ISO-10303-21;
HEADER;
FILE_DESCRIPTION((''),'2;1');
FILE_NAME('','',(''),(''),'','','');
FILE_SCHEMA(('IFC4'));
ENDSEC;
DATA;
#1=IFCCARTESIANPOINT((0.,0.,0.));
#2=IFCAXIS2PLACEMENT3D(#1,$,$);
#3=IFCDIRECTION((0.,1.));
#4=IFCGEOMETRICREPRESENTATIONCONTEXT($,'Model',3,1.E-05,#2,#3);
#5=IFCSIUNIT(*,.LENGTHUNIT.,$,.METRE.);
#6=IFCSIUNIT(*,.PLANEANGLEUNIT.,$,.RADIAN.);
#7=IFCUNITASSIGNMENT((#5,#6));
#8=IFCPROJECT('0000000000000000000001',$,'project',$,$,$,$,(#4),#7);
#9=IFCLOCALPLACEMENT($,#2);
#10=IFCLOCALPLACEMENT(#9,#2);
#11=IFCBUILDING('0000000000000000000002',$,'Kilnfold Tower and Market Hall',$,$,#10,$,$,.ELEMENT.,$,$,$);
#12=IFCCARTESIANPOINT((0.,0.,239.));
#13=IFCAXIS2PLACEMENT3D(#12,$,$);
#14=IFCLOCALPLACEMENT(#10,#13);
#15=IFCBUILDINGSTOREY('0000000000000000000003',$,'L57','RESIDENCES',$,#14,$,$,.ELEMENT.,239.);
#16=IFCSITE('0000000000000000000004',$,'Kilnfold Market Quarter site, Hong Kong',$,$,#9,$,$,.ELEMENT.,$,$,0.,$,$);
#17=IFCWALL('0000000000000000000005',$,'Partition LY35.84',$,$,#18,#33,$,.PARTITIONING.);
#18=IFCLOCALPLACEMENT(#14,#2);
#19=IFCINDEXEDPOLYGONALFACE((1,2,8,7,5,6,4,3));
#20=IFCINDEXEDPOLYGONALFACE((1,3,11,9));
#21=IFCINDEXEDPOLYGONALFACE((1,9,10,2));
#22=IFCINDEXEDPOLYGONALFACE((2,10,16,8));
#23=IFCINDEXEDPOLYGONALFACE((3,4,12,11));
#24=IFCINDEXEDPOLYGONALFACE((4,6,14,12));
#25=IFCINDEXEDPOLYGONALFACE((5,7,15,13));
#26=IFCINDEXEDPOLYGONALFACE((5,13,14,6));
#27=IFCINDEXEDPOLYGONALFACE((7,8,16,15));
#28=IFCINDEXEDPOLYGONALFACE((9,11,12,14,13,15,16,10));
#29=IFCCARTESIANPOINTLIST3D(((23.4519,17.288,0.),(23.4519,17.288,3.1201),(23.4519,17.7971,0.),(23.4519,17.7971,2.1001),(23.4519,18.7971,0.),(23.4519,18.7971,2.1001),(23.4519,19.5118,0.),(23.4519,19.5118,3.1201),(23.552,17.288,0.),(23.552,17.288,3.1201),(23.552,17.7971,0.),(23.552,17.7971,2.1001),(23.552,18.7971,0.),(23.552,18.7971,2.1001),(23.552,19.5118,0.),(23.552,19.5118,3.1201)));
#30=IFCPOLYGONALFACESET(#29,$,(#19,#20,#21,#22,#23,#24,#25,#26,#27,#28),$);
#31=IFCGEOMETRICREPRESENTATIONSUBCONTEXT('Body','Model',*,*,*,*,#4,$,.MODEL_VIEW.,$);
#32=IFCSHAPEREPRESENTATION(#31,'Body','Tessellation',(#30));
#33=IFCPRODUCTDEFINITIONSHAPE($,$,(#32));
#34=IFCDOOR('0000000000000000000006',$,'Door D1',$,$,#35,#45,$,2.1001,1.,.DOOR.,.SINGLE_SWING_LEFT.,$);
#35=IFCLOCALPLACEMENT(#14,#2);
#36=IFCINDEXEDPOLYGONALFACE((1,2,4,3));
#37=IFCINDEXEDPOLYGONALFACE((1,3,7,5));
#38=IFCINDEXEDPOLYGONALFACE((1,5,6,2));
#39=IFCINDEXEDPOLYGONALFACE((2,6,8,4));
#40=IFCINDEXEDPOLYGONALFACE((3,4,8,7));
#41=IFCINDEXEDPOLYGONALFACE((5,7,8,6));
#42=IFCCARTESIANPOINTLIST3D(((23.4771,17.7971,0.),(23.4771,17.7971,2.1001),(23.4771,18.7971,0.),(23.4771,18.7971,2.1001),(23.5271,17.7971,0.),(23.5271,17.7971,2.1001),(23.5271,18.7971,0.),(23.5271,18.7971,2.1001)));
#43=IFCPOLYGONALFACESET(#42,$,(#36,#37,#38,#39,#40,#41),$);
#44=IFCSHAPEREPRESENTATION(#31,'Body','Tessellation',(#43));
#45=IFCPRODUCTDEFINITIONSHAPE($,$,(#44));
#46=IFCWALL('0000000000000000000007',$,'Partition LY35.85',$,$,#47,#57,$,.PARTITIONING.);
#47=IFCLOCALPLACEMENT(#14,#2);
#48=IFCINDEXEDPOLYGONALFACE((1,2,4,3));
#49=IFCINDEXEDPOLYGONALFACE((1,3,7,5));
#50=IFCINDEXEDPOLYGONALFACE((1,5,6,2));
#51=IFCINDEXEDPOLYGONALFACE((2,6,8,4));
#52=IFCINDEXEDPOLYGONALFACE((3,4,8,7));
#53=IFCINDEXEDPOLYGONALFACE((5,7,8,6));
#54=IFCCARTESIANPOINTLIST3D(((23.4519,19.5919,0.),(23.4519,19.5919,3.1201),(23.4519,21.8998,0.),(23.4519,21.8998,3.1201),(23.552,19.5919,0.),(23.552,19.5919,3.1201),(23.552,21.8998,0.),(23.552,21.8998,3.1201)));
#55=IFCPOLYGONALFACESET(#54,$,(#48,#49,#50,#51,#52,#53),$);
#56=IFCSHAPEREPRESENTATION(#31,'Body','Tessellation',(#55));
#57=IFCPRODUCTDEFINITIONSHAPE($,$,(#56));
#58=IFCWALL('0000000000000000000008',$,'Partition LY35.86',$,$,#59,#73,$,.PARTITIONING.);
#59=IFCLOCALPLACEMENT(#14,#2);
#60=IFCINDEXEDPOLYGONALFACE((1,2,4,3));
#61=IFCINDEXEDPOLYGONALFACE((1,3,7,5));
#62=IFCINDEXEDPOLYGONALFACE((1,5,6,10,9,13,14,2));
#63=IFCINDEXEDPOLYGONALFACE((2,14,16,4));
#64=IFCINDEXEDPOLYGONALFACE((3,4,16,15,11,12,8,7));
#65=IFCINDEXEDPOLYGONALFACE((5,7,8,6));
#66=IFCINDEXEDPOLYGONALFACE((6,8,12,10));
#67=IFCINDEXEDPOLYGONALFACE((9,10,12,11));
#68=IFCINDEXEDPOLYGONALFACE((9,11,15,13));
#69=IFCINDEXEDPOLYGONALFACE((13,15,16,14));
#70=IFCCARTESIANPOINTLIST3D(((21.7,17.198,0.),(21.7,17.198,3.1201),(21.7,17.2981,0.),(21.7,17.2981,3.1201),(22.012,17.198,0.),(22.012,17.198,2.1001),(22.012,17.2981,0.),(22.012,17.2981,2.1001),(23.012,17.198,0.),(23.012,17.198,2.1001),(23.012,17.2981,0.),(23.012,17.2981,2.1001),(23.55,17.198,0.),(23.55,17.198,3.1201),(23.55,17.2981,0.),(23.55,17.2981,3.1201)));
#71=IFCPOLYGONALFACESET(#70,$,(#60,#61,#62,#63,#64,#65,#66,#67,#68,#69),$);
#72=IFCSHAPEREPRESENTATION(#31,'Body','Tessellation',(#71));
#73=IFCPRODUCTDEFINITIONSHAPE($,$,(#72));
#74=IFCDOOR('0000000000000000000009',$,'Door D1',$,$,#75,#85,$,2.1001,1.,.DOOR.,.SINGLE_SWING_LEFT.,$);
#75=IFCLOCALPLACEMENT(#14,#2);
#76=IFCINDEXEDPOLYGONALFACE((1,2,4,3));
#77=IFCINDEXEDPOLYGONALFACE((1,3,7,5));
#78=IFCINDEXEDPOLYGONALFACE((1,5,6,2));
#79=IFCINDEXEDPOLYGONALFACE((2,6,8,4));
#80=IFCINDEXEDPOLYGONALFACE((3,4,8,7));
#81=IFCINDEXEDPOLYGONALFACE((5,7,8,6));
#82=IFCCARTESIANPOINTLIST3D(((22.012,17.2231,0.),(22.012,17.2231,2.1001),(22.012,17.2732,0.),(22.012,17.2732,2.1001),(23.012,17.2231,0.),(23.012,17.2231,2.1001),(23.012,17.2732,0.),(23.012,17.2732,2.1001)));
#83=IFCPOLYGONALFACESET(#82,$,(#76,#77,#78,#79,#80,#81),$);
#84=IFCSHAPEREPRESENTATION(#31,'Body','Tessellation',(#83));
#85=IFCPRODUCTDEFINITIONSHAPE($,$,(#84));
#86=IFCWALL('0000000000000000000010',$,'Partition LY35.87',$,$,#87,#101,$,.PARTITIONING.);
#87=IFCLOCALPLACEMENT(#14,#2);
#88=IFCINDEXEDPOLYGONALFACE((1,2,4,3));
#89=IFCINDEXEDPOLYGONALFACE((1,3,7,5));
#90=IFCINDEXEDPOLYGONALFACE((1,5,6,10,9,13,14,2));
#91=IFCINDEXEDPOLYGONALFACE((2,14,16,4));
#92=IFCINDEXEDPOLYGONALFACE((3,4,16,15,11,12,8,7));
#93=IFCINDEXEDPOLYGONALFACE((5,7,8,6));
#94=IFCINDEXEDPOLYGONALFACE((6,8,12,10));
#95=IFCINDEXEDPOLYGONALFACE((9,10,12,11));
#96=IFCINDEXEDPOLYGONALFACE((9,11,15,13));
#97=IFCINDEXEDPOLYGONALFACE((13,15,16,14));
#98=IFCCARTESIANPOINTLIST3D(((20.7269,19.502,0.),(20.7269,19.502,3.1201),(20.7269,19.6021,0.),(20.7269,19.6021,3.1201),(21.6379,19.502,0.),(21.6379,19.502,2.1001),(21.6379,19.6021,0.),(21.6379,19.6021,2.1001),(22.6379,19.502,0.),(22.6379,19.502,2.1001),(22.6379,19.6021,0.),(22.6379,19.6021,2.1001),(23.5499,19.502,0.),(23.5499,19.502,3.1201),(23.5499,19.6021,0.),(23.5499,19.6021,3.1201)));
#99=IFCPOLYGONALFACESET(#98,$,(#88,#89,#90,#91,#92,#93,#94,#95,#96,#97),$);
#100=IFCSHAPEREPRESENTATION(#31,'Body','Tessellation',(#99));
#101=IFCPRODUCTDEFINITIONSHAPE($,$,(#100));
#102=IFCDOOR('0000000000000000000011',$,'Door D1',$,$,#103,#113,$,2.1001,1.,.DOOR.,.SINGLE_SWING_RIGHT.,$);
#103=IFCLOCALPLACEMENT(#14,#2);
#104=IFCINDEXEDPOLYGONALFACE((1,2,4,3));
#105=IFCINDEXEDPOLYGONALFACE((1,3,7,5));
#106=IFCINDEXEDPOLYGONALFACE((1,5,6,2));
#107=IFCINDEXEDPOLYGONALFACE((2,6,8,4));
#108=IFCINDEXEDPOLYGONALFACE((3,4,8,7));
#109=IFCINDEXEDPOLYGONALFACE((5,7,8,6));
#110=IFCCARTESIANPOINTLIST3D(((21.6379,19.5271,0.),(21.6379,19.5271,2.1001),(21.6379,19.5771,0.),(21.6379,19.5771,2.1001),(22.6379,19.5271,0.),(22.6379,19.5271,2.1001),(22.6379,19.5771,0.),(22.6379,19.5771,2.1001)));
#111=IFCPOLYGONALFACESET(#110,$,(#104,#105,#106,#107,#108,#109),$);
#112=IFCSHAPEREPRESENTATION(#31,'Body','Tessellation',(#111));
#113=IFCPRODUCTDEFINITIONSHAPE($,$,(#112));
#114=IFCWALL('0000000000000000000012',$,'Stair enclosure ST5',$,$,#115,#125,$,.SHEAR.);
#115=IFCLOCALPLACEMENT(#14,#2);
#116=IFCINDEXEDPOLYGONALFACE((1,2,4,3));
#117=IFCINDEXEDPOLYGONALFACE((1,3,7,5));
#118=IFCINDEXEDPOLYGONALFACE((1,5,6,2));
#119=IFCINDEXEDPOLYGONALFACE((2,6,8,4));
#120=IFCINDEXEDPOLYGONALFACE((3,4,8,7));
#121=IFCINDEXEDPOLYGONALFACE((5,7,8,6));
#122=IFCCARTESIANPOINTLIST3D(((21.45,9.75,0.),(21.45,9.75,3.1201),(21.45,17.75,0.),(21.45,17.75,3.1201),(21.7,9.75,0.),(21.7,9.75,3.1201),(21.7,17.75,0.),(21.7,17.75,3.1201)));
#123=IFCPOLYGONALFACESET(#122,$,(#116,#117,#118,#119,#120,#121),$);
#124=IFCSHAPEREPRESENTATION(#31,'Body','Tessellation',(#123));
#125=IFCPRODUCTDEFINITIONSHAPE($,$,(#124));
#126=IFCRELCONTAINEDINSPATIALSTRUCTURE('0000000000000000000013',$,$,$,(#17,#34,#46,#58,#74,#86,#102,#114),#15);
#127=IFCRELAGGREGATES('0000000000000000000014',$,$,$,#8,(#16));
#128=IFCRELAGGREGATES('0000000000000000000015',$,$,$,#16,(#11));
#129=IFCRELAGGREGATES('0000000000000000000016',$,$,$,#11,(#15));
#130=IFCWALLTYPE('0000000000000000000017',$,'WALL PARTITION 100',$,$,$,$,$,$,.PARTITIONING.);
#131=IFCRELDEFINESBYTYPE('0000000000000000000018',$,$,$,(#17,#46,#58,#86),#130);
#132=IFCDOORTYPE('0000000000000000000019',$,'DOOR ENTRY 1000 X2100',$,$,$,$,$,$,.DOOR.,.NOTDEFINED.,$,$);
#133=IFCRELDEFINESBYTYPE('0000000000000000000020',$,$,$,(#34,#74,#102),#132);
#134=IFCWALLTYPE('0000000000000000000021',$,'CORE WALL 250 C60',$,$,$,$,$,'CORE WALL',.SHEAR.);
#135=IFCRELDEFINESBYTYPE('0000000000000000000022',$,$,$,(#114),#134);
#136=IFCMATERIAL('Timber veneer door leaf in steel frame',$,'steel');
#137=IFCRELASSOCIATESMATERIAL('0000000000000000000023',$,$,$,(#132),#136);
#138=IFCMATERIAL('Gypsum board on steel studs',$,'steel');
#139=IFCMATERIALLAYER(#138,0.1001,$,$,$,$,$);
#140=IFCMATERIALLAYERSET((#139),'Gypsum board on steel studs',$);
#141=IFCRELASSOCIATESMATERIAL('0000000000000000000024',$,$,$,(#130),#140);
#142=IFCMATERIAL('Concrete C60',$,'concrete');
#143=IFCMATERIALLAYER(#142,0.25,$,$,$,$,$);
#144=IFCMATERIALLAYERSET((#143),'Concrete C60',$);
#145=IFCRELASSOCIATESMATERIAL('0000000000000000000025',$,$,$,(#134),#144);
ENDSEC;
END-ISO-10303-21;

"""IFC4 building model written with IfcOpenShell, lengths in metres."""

from ifc_helpers import new_model, si_unit, direction, frame, frame_2d, origin, place, context, subcontext, project, spatial, rectangle, extrude, source, transform, mapped, material, layer, layer_set, type_object, element, fill, save


model = new_model("IFC4")

# Units and contexts
model_context = context("Model", 3, precision=1e-05, world=origin(), true_north=direction((0.0, 1.0)))
body_context = subcontext(model_context, "Body", "Model", "MODEL_VIEW")
ifc_project = project(units=[si_unit("LENGTHUNIT", "METRE"), si_unit("PLANEANGLEUNIT", "RADIAN")], contexts=[model_context])

# Site, building, storey
site_placement = place(None, origin())
site = spatial("IfcSite", under=ifc_project, at=site_placement, Name="Kilnfold Market Quarter site, Hong Kong", CompositionType="ELEMENT", RefElevation=0.0)
building_placement = place(site_placement, origin())
building = spatial("IfcBuilding", under=site, at=building_placement, Name="Kilnfold Tower and Market Hall", CompositionType="ELEMENT")
storey_placement = place(building_placement, frame((0.0, 0.0, 239.0)))
storey = spatial("IfcBuildingStorey", under=building, at=storey_placement, Name="L57", Description="RESIDENCES", CompositionType="ELEMENT", Elevation=239.0)

# Shared definitions
ifc_material_1 = material(Name="Timber veneer door leaf in steel frame", Category="steel")
door_type_1 = type_object("IfcDoorType", Name="DOOR ENTRY 1000 X2100", OperationType="NOTDEFINED", PredefinedType="DOOR", material=ifc_material_1)

# Shared definitions
ifc_material_2 = material(Name="Gypsum board on steel studs", Category="steel")
ifc_layer_1 = layer(ifc_material_2, 0.1001)
ifc_layer_set_1 = layer_set([ifc_layer_1], Name="Gypsum board on steel studs")
wall_type_1 = type_object("IfcWallType", Name="WALL PARTITION 100", PredefinedType="PARTITIONING", material=ifc_layer_set_1)

# Wall, opening, door
wall_1_placement = place(storey_placement, frame((23.502, 17.2881, 0.0), z_axis=(0.0, 0.0, 1.0), x_axis=(0.0, 1.0, 0.0)))
wall_1 = element("IfcWall", 1, at=wall_1_placement, inside=storey, type_object=wall_type_1, Name="Partition LY35.84", PredefinedType="PARTITIONING", context=body_context, shape_type="SweptSolid", body=[
    extrude(rectangle(XDim=2.2239, YDim=0.1001, at=frame_2d((1.1118, 0.0))), origin(), (0.0, 0.0, 1.0), 3.1201),
])
opening_1_placement = place(wall_1_placement, frame((0.509, 0.0, 0.0)))
opening_1 = element("IfcOpeningElement", 2, at=opening_1_placement, cuts=wall_1, PredefinedType="OPENING", context=body_context, shape_type="SweptSolid", body=[
    extrude(rectangle(XDim=1.0, YDim=2.1001, at=frame_2d((0.5, 1.05))), frame((0.0, 0.0601, 0.0), z_axis=(0.0, -1.0, 0.0), x_axis=(1.0, 0.0, 0.0)), (0.0, 0.0, 1.0), 0.1201),
])
door_1_placement = place(opening_1_placement, origin())
door_1 = element("IfcDoor", 3, at=door_1_placement, inside=storey, type_object=door_type_1, Name="Door D1", OperationType="SINGLE_SWING_LEFT", OverallHeight=2.1001, OverallWidth=1.0, PredefinedType="DOOR", context=body_context, shape_type="SweptSolid", body=[
    extrude(rectangle(XDim=1.0, YDim=2.1001, at=frame_2d((0.5, 1.05))), frame((0.0, 0.0249, 0.0), z_axis=(0.0, -1.0, 0.0), x_axis=(1.0, 0.0, 0.0)), (0.0, 0.0, 1.0), 0.05),
])
fill(opening_1, door_1)

# Wall
wall_2_placement = place(storey_placement, frame((23.502, 19.592, 0.0), z_axis=(0.0, 0.0, 1.0), x_axis=(0.0, 1.0, 0.0)))
element("IfcWall", 4, at=wall_2_placement, inside=storey, type_object=wall_type_1, Name="Partition LY35.85", PredefinedType="PARTITIONING", context=body_context, shape_type="SweptSolid", body=[
    extrude(rectangle(XDim=2.3079, YDim=0.1001, at=frame_2d((1.1538, 0.0))), origin(), (0.0, 0.0, 1.0), 3.1201),
])

# Walls, openings, doors
wall_3_placement = place(storey_placement, frame((23.55, 17.248, 0.0), z_axis=(0.0, 0.0, 1.0), x_axis=(-1.0, 0.0, 0.0)))
wall_3 = element("IfcWall", 5, at=wall_3_placement, inside=storey, type_object=wall_type_1, Name="Partition LY35.86", PredefinedType="PARTITIONING", context=body_context, shape_type="SweptSolid", body=[
    extrude(rectangle(XDim=1.8501, YDim=0.1001, at=frame_2d((0.925, 0.0))), origin(), (0.0, 0.0, 1.0), 3.1201),
])
opening_2_placement = place(wall_3_placement, frame((0.5381, 0.0, 0.0)))
opening_2 = element("IfcOpeningElement", 6, at=opening_2_placement, cuts=wall_3, PredefinedType="OPENING", context=body_context, shape_type="SweptSolid", body=[
    extrude(rectangle(XDim=1.0, YDim=2.1001, at=frame_2d((0.5, 1.05))), frame((0.0, 0.0601, 0.0), z_axis=(0.0, -1.0, 0.0), x_axis=(1.0, 0.0, 0.0)), (0.0, 0.0, 1.0), 0.1201),
])
door_2_placement = place(opening_2_placement, origin())
door_2 = element("IfcDoor", 7, at=door_2_placement, inside=storey, type_object=door_type_1, Name="Door D1", OperationType="SINGLE_SWING_LEFT", OverallHeight=2.1001, OverallWidth=1.0, PredefinedType="DOOR", context=body_context, shape_type="SweptSolid", body=[
    extrude(rectangle(XDim=1.0, YDim=2.1001, at=frame_2d((0.5, 1.05))), frame((0.0, 0.0249, 0.0), z_axis=(0.0, -1.0, 0.0), x_axis=(1.0, 0.0, 0.0)), (0.0, 0.0, 1.0), 0.05),
])
fill(opening_2, door_2)
wall_4_placement = place(storey_placement, frame((23.55, 19.552, 0.0), z_axis=(0.0, 0.0, 1.0), x_axis=(-1.0, 0.0, 0.0)))
wall_4 = element("IfcWall", 8, at=wall_4_placement, inside=storey, type_object=wall_type_1, Name="Partition LY35.87", PredefinedType="PARTITIONING", context=body_context, shape_type="SweptSolid", body=[
    extrude(rectangle(XDim=2.823, YDim=0.1001, at=frame_2d((1.4116, 0.0))), origin(), (0.0, 0.0, 1.0), 3.1201),
])
opening_3_placement = place(wall_4_placement, frame((0.9121, 0.0, 0.0)))
opening_3 = element("IfcOpeningElement", 9, at=opening_3_placement, cuts=wall_4, PredefinedType="OPENING", context=body_context, shape_type="SweptSolid", body=[
    extrude(rectangle(XDim=1.0, YDim=2.1001, at=frame_2d((0.5, 1.05))), frame((0.0, 0.0601, 0.0), z_axis=(0.0, -1.0, 0.0), x_axis=(1.0, 0.0, 0.0)), (0.0, 0.0, 1.0), 0.1201),
])
door_3_placement = place(opening_3_placement, origin())
door_3 = element("IfcDoor", 10, at=door_3_placement, inside=storey, type_object=door_type_1, Name="Door D1", OperationType="SINGLE_SWING_RIGHT", OverallHeight=2.1001, OverallWidth=1.0, PredefinedType="DOOR", context=body_context, shape_type="SweptSolid", body=[
    extrude(rectangle(XDim=1.0, YDim=2.1001, at=frame_2d((0.5, 1.05))), frame((0.0, 0.0249, 0.0), z_axis=(0.0, -1.0, 0.0), x_axis=(1.0, 0.0, 0.0)), (0.0, 0.0, 1.0), 0.05),
])
fill(opening_3, door_3)

# Wall
ifc_material_3 = material(Name="Concrete C60", Category="concrete")
ifc_layer_2 = layer(ifc_material_3, 0.25)
ifc_layer_set_2 = layer_set([ifc_layer_2], Name="Concrete C60")
wall_type_2 = type_object("IfcWallType", Name="CORE WALL 250 C60", ElementType="CORE WALL", PredefinedType="SHEAR", material=ifc_layer_set_2)
shared_shape_1 = source(origin(), body_context, "Body", "SweptSolid", [
    extrude(rectangle(XDim=8.0, YDim=0.25, at=frame_2d((4.0, 0.0))), origin(), (0.0, 0.0, 1.0), 3.1201),
])
wall_5_placement = place(storey_placement, frame((21.575, 9.75, 0.0), z_axis=(0.0, 0.0, 1.0), x_axis=(0.0, 1.0, 0.0)))
element("IfcWall", 11, at=wall_5_placement, inside=storey, type_object=wall_type_2, Name="Stair enclosure ST5", PredefinedType="SHEAR", context=body_context, shape_type="MappedRepresentation", body=[
    mapped(shared_shape_1, transform((0.0, 0.0, 0.0))),
])

save(model, "model.ifc")
